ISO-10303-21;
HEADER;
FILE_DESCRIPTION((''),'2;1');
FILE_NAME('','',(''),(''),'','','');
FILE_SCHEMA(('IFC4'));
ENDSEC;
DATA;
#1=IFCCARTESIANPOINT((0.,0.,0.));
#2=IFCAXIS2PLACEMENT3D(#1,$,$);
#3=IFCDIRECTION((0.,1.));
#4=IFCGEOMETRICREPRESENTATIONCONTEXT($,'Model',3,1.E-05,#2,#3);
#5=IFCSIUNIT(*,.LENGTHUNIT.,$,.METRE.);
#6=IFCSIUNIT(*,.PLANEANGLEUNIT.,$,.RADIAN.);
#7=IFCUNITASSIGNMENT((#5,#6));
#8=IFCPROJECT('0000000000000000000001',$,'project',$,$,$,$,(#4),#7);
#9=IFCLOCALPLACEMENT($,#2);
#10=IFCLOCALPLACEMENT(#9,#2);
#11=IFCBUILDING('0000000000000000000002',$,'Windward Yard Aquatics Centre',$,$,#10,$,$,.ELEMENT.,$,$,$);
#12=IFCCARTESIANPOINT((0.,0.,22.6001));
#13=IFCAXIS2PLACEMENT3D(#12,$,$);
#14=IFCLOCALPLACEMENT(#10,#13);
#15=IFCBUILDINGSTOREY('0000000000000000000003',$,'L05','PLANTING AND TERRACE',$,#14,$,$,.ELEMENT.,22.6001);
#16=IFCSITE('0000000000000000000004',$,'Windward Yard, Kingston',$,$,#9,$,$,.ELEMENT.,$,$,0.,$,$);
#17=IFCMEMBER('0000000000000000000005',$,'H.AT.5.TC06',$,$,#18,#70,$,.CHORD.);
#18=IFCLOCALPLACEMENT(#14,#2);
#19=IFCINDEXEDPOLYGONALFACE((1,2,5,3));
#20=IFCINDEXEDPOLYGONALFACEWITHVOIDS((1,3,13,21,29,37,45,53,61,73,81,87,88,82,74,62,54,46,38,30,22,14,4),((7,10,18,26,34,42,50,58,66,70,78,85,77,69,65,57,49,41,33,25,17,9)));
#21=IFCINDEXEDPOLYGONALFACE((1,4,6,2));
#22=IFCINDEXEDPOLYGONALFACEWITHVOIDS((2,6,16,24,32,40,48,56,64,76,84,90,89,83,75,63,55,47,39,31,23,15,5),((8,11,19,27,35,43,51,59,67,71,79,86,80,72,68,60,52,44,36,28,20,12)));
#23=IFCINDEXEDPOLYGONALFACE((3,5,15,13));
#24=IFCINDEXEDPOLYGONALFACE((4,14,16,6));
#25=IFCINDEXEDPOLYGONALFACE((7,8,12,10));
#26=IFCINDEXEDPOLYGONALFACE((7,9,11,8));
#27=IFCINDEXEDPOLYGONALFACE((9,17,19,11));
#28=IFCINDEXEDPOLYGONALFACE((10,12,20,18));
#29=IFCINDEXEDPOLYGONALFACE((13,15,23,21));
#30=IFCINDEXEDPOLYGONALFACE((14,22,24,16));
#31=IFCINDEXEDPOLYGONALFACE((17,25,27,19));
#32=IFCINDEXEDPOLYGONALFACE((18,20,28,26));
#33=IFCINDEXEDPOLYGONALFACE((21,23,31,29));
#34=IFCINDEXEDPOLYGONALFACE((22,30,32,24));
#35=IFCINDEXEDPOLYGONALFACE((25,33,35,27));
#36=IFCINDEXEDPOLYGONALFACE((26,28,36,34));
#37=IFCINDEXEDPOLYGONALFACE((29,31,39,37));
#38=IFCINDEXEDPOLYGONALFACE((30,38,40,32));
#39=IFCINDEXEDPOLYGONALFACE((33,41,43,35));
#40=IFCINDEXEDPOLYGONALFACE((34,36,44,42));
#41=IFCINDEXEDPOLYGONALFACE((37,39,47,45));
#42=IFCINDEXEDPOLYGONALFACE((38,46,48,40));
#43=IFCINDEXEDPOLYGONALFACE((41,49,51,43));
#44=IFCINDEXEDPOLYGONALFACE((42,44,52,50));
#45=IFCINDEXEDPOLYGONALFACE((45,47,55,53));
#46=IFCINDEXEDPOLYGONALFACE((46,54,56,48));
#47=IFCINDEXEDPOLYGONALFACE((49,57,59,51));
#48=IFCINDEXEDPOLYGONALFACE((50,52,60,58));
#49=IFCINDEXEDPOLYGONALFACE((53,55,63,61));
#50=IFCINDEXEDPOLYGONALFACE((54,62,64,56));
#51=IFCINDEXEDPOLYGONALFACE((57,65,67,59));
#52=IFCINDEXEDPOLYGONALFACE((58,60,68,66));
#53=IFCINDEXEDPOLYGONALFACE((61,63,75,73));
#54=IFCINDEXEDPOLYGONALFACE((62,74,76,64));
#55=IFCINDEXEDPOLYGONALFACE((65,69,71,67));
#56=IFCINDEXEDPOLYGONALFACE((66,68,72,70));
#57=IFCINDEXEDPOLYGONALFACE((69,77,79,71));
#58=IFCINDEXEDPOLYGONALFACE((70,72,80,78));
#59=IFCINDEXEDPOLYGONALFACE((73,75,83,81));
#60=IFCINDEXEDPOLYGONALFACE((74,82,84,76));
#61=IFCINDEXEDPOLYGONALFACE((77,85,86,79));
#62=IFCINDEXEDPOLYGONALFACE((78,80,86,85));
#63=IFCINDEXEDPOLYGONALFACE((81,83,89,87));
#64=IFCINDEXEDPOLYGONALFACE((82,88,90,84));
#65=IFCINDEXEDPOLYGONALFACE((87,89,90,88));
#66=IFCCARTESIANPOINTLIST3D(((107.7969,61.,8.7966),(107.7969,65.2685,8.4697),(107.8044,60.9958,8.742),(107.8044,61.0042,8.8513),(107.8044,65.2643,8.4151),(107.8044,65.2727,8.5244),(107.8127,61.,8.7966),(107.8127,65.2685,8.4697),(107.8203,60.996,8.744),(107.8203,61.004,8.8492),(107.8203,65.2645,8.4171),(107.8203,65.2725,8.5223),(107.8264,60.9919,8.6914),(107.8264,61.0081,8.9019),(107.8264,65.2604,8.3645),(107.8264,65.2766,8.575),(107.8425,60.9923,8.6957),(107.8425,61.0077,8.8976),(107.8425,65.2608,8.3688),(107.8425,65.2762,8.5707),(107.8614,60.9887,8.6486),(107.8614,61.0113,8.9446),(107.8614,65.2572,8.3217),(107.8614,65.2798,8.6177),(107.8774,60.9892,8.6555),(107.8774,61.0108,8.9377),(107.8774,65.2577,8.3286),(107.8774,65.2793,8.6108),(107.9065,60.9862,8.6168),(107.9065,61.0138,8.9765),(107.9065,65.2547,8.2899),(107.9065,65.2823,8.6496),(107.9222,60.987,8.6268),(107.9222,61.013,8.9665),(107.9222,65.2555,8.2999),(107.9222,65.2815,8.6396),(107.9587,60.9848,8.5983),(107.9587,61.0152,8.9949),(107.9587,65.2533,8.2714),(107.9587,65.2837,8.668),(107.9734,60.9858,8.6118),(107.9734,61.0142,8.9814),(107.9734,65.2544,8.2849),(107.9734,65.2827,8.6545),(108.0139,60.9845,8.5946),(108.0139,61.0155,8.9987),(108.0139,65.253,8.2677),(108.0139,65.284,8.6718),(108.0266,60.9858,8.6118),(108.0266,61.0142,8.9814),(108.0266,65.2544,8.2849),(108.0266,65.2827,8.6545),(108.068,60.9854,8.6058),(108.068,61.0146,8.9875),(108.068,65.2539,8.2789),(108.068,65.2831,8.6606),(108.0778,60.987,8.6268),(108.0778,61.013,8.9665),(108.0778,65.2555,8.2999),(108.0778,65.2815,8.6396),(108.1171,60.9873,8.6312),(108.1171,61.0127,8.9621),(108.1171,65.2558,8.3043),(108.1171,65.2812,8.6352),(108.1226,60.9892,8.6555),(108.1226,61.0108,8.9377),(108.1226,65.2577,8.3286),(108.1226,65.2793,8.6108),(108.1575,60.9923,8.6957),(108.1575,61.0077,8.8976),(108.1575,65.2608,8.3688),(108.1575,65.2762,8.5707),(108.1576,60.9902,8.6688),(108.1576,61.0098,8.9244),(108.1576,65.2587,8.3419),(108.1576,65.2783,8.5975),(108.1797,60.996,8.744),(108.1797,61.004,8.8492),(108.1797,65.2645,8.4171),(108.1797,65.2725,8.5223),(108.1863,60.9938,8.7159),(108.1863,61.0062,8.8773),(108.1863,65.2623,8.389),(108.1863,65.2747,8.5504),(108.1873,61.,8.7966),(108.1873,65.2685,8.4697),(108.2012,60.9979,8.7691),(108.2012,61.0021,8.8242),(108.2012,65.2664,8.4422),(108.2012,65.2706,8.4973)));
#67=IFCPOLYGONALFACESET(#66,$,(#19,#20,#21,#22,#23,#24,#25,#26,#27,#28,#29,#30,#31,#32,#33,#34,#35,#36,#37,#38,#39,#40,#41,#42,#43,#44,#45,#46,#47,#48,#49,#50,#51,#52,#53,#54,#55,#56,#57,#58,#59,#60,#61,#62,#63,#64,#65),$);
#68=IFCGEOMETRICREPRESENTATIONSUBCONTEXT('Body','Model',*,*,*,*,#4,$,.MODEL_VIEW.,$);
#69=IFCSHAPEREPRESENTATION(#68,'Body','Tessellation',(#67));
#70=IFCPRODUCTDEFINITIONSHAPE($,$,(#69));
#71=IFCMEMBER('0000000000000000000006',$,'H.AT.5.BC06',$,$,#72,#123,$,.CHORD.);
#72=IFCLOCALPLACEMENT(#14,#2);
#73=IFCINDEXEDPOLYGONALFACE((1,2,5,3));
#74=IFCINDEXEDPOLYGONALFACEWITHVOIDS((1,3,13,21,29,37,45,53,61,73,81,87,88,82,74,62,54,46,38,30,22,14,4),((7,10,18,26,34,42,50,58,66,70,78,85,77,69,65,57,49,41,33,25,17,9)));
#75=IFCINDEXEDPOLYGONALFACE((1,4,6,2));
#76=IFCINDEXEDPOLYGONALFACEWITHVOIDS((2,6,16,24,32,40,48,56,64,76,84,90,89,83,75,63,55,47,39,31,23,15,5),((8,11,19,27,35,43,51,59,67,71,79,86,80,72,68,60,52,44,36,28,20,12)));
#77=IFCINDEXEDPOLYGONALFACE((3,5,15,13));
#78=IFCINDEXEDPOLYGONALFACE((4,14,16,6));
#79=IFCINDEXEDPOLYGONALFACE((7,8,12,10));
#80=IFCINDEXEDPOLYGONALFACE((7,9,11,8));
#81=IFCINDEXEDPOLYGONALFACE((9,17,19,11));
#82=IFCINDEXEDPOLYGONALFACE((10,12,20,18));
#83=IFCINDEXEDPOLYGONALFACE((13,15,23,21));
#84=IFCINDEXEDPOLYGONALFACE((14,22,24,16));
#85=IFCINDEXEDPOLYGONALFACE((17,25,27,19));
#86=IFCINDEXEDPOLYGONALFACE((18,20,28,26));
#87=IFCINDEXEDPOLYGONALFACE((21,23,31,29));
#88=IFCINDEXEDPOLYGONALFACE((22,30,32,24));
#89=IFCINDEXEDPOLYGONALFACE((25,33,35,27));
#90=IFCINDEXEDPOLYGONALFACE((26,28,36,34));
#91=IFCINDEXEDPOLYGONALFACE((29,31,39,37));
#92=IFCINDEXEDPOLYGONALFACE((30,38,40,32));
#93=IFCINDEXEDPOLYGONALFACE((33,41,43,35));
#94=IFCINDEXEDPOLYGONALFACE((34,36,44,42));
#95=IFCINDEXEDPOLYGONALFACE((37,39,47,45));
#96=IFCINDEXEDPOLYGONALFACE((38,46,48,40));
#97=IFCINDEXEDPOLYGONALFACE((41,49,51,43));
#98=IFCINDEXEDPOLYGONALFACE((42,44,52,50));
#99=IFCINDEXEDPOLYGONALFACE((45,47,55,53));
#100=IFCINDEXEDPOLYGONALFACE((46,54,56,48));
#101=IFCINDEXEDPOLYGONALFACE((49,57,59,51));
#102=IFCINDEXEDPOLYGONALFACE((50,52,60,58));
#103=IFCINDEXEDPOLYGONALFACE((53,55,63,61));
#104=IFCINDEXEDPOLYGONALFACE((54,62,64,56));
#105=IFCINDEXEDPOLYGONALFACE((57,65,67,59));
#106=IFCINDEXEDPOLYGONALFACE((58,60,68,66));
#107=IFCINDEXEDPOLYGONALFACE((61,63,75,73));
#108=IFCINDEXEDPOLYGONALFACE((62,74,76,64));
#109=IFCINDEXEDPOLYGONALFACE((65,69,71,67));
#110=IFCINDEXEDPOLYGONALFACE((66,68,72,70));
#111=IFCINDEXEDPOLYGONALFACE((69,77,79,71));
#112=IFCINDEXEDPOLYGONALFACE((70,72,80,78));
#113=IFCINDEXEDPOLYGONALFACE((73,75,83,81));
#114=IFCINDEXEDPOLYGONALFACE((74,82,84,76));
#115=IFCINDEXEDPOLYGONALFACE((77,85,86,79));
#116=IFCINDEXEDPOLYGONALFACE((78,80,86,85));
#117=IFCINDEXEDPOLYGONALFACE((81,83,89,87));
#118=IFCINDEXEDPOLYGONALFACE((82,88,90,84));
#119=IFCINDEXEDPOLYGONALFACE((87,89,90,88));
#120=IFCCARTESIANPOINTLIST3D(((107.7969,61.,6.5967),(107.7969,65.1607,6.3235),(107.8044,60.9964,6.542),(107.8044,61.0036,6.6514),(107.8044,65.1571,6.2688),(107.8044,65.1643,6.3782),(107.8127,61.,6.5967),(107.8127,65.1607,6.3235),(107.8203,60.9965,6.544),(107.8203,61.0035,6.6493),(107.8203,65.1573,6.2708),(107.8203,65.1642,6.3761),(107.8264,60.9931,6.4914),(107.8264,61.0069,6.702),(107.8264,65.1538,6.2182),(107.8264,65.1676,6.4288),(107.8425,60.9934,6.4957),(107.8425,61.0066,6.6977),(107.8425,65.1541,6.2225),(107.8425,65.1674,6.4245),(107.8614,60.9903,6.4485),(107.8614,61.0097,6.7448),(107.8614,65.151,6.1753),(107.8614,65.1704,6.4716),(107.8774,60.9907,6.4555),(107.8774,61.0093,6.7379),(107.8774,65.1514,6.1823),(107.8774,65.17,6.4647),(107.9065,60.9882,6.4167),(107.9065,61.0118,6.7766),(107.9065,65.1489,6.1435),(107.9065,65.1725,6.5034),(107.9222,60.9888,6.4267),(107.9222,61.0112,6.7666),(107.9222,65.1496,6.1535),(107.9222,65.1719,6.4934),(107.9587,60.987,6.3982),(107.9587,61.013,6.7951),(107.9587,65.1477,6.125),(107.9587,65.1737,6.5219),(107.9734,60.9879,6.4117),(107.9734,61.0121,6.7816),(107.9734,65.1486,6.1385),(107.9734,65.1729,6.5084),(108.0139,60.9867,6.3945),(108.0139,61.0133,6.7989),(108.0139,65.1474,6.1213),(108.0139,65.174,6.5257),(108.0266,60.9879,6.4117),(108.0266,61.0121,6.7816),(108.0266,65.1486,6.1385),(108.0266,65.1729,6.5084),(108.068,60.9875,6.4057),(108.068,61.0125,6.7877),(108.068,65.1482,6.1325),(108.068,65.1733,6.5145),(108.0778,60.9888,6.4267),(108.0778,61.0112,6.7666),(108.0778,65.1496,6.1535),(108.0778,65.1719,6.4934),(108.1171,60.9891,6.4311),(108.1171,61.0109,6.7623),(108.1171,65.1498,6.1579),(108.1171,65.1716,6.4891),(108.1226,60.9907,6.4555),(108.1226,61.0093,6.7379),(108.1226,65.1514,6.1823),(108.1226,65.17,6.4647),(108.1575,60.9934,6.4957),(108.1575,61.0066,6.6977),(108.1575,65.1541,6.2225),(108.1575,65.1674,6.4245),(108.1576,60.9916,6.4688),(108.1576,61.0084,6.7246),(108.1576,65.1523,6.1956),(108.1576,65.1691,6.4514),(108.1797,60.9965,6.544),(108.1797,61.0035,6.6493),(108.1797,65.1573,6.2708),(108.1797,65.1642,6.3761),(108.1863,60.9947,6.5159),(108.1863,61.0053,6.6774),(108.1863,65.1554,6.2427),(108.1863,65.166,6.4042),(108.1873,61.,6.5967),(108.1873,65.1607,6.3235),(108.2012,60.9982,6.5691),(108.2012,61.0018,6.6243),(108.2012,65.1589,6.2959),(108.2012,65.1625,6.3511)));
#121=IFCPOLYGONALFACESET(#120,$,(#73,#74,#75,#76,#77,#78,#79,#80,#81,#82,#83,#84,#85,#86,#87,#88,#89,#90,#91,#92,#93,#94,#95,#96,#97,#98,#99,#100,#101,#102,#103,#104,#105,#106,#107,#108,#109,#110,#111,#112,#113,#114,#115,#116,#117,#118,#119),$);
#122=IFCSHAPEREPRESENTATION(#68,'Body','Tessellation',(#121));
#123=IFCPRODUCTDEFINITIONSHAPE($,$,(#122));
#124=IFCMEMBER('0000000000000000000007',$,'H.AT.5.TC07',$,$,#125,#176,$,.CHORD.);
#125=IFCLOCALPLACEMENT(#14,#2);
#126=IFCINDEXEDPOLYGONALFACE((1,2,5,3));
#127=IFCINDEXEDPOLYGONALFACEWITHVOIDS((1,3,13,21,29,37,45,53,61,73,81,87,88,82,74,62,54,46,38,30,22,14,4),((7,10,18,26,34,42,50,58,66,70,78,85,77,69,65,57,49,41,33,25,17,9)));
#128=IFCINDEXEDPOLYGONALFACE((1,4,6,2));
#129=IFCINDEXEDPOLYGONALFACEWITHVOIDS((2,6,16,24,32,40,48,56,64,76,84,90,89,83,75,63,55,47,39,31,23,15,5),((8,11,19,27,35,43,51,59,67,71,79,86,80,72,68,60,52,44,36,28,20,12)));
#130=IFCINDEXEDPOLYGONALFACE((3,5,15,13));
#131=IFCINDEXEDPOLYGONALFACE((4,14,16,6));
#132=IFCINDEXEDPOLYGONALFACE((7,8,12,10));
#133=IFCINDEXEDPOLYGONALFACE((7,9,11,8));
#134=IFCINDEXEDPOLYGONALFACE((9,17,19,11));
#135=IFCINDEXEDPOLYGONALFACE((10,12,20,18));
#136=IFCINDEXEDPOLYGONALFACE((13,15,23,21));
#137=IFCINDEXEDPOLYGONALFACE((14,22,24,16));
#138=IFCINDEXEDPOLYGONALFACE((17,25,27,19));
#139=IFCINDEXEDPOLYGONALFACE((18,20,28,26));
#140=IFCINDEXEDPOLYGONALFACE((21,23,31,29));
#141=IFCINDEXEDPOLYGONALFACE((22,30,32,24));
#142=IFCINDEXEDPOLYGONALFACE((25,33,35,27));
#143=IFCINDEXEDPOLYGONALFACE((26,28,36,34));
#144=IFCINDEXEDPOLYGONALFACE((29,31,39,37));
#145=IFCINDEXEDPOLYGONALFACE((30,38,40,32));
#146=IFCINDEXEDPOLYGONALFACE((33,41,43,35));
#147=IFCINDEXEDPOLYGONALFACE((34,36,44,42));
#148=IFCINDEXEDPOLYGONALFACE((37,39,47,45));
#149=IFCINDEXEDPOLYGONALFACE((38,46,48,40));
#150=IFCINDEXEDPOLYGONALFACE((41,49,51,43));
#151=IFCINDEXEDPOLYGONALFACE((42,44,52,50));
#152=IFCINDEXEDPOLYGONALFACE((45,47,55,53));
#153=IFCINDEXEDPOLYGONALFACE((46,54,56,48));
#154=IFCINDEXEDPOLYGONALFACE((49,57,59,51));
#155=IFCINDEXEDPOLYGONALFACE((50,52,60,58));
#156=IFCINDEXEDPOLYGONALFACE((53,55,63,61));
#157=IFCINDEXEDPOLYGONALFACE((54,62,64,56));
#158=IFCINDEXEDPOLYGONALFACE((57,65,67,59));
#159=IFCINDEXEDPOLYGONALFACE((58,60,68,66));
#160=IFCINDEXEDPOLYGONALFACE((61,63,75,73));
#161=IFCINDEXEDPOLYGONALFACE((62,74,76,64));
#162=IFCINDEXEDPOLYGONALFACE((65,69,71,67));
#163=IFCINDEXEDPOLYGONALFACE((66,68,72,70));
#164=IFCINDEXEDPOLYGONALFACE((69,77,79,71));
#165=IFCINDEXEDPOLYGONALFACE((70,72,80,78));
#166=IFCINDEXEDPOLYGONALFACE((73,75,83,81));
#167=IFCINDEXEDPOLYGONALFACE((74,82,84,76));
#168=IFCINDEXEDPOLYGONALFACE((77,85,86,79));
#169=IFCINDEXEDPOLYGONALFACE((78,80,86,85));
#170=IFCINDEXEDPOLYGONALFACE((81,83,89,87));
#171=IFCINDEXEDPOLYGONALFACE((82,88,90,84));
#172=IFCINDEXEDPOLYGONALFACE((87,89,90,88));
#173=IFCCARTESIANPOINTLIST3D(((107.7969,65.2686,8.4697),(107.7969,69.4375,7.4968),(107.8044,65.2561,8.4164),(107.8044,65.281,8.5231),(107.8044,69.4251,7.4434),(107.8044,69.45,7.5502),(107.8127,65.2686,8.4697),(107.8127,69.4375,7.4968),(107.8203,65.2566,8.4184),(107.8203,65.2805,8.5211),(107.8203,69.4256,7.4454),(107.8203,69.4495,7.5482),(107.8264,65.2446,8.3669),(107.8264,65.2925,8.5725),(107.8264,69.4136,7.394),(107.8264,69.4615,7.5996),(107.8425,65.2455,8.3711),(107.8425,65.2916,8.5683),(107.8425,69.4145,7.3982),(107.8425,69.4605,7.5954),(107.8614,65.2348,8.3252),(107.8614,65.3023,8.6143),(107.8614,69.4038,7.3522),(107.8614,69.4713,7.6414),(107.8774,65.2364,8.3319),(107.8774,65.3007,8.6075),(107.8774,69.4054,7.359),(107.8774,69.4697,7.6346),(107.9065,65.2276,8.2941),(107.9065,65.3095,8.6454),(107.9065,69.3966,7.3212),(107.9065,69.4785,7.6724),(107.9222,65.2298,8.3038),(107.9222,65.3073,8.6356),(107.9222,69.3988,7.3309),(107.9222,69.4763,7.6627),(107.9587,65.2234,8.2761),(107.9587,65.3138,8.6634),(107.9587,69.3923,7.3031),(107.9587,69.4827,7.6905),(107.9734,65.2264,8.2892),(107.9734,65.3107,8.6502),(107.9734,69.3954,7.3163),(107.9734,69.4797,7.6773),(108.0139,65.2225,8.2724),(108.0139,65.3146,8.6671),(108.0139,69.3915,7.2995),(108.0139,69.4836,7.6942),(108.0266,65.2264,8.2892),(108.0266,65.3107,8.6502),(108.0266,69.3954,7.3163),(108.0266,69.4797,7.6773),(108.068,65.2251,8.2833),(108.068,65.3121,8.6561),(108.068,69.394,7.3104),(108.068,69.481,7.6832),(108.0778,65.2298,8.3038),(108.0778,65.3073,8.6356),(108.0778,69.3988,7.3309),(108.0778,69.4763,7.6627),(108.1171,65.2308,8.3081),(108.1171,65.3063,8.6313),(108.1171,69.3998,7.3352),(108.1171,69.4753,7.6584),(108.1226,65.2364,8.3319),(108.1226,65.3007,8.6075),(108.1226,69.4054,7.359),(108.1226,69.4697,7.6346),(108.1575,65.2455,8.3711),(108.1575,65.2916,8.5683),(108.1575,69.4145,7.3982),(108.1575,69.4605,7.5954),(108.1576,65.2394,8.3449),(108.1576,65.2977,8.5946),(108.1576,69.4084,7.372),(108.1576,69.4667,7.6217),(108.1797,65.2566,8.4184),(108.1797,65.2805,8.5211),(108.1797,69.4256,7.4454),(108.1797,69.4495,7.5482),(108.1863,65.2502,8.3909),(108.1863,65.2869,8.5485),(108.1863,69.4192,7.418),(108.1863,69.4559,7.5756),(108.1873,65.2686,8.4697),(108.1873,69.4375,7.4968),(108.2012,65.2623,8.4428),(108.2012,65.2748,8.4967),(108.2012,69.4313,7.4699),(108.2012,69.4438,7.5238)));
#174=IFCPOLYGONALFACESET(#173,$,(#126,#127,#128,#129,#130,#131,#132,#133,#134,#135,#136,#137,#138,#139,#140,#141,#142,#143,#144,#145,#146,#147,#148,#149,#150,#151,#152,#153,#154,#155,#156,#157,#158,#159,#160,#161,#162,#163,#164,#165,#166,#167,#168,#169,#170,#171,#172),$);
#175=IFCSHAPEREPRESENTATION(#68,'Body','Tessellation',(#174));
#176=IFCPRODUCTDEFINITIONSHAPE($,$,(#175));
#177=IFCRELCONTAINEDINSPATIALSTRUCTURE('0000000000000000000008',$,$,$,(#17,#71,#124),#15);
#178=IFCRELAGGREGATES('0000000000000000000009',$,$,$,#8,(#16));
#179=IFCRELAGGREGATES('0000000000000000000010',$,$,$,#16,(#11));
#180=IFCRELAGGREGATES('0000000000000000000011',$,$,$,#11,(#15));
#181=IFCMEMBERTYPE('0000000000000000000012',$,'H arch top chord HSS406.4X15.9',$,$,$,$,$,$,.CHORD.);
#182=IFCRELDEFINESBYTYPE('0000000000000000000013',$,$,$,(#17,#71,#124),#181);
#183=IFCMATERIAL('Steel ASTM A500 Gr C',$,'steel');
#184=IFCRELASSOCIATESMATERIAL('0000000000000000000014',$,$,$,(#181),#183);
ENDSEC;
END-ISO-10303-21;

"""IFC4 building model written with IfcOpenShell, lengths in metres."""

from ifc_helpers import new_model, si_unit, direction, frame, origin, origin_2d, place, context, subcontext, project, spatial, hollow_circle, extrude, material, material_profile, profile_set, type_object, element, save


model = new_model("IFC4")

# Units and contexts
model_context = context("Model", 3, precision=1e-05, world=origin(), true_north=direction((0.0, 1.0)))
body_context = subcontext(model_context, "Body", "Model", "MODEL_VIEW")
ifc_project = project(units=[si_unit("LENGTHUNIT", "METRE"), si_unit("PLANEANGLEUNIT", "RADIAN")], contexts=[model_context])

# Site, building, storey
site_placement = place(None, origin())
site = spatial("IfcSite", under=ifc_project, at=site_placement, Name="Windward Yard, Kingston", CompositionType="ELEMENT", RefElevation=0.0)
building_placement = place(site_placement, origin())
building = spatial("IfcBuilding", under=site, at=building_placement, Name="Windward Yard Aquatics Centre", CompositionType="ELEMENT")
storey_placement = place(building_placement, frame((0.0, 0.0, 22.6001)))
storey = spatial("IfcBuildingStorey", under=building, at=storey_placement, Name="L05", Description="PLANTING AND TERRACE", CompositionType="ELEMENT", Elevation=22.6001)

# Members
ifc_material_1 = material(Name="Steel ASTM A500 Gr C", Category="steel")
ifc_material_profile_1 = material_profile(ifc_material_1, hollow_circle(Radius=0.2031, WallThickness=0.0159, at=origin_2d()), Name="HSS406.4X15.9")
ifc_profile_set_1 = profile_set([ifc_material_profile_1], Name="Steel ASTM A500 Gr C")
member_type_1 = type_object("IfcMemberType", Name="H arch top chord HSS406.4X15.9", PredefinedType="CHORD", material=ifc_profile_set_1)
member_1_placement = place(storey_placement, frame((108.0, 61.0, 8.7966), z_axis=(0.0, 0.99708, -0.076361), x_axis=(-1.0, 0.0, 0.0)))
element("IfcMember", 1, at=member_1_placement, inside=storey, type_object=member_type_1, Name="H.AT.5.TC06", PredefinedType="CHORD", context=body_context, shape_type="SweptSolid", body=[
    extrude(hollow_circle(Radius=0.2031, WallThickness=0.0159, at=origin_2d()), origin(), (0.0, 0.0, 1.0), 4.281),
])
member_2_placement = place(storey_placement, frame((108.0, 61.0, 6.5967), z_axis=(0.0, 0.997851, -0.06552), x_axis=(-1.0, 0.0, 0.0)))
element("IfcMember", 2, at=member_2_placement, inside=storey, type_object=member_type_1, Name="H.AT.5.BC06", PredefinedType="CHORD", context=body_context, shape_type="SweptSolid", body=[
    extrude(hollow_circle(Radius=0.2031, WallThickness=0.0159, at=origin_2d()), origin(), (0.0, 0.0, 1.0), 4.1697),
])
member_3_placement = place(storey_placement, frame((108.0, 65.2686, 8.4697), z_axis=(0.0, 0.973834, -0.227262), x_axis=(-1.0, 0.0, 0.0)))
element("IfcMember", 3, at=member_3_placement, inside=storey, type_object=member_type_1, Name="H.AT.5.TC07", PredefinedType="CHORD", context=body_context, shape_type="SweptSolid", body=[
    extrude(hollow_circle(Radius=0.2031, WallThickness=0.0159, at=origin_2d()), origin(), (0.0, 0.0, 1.0), 4.281),
])

save(model, "model.ifc")
